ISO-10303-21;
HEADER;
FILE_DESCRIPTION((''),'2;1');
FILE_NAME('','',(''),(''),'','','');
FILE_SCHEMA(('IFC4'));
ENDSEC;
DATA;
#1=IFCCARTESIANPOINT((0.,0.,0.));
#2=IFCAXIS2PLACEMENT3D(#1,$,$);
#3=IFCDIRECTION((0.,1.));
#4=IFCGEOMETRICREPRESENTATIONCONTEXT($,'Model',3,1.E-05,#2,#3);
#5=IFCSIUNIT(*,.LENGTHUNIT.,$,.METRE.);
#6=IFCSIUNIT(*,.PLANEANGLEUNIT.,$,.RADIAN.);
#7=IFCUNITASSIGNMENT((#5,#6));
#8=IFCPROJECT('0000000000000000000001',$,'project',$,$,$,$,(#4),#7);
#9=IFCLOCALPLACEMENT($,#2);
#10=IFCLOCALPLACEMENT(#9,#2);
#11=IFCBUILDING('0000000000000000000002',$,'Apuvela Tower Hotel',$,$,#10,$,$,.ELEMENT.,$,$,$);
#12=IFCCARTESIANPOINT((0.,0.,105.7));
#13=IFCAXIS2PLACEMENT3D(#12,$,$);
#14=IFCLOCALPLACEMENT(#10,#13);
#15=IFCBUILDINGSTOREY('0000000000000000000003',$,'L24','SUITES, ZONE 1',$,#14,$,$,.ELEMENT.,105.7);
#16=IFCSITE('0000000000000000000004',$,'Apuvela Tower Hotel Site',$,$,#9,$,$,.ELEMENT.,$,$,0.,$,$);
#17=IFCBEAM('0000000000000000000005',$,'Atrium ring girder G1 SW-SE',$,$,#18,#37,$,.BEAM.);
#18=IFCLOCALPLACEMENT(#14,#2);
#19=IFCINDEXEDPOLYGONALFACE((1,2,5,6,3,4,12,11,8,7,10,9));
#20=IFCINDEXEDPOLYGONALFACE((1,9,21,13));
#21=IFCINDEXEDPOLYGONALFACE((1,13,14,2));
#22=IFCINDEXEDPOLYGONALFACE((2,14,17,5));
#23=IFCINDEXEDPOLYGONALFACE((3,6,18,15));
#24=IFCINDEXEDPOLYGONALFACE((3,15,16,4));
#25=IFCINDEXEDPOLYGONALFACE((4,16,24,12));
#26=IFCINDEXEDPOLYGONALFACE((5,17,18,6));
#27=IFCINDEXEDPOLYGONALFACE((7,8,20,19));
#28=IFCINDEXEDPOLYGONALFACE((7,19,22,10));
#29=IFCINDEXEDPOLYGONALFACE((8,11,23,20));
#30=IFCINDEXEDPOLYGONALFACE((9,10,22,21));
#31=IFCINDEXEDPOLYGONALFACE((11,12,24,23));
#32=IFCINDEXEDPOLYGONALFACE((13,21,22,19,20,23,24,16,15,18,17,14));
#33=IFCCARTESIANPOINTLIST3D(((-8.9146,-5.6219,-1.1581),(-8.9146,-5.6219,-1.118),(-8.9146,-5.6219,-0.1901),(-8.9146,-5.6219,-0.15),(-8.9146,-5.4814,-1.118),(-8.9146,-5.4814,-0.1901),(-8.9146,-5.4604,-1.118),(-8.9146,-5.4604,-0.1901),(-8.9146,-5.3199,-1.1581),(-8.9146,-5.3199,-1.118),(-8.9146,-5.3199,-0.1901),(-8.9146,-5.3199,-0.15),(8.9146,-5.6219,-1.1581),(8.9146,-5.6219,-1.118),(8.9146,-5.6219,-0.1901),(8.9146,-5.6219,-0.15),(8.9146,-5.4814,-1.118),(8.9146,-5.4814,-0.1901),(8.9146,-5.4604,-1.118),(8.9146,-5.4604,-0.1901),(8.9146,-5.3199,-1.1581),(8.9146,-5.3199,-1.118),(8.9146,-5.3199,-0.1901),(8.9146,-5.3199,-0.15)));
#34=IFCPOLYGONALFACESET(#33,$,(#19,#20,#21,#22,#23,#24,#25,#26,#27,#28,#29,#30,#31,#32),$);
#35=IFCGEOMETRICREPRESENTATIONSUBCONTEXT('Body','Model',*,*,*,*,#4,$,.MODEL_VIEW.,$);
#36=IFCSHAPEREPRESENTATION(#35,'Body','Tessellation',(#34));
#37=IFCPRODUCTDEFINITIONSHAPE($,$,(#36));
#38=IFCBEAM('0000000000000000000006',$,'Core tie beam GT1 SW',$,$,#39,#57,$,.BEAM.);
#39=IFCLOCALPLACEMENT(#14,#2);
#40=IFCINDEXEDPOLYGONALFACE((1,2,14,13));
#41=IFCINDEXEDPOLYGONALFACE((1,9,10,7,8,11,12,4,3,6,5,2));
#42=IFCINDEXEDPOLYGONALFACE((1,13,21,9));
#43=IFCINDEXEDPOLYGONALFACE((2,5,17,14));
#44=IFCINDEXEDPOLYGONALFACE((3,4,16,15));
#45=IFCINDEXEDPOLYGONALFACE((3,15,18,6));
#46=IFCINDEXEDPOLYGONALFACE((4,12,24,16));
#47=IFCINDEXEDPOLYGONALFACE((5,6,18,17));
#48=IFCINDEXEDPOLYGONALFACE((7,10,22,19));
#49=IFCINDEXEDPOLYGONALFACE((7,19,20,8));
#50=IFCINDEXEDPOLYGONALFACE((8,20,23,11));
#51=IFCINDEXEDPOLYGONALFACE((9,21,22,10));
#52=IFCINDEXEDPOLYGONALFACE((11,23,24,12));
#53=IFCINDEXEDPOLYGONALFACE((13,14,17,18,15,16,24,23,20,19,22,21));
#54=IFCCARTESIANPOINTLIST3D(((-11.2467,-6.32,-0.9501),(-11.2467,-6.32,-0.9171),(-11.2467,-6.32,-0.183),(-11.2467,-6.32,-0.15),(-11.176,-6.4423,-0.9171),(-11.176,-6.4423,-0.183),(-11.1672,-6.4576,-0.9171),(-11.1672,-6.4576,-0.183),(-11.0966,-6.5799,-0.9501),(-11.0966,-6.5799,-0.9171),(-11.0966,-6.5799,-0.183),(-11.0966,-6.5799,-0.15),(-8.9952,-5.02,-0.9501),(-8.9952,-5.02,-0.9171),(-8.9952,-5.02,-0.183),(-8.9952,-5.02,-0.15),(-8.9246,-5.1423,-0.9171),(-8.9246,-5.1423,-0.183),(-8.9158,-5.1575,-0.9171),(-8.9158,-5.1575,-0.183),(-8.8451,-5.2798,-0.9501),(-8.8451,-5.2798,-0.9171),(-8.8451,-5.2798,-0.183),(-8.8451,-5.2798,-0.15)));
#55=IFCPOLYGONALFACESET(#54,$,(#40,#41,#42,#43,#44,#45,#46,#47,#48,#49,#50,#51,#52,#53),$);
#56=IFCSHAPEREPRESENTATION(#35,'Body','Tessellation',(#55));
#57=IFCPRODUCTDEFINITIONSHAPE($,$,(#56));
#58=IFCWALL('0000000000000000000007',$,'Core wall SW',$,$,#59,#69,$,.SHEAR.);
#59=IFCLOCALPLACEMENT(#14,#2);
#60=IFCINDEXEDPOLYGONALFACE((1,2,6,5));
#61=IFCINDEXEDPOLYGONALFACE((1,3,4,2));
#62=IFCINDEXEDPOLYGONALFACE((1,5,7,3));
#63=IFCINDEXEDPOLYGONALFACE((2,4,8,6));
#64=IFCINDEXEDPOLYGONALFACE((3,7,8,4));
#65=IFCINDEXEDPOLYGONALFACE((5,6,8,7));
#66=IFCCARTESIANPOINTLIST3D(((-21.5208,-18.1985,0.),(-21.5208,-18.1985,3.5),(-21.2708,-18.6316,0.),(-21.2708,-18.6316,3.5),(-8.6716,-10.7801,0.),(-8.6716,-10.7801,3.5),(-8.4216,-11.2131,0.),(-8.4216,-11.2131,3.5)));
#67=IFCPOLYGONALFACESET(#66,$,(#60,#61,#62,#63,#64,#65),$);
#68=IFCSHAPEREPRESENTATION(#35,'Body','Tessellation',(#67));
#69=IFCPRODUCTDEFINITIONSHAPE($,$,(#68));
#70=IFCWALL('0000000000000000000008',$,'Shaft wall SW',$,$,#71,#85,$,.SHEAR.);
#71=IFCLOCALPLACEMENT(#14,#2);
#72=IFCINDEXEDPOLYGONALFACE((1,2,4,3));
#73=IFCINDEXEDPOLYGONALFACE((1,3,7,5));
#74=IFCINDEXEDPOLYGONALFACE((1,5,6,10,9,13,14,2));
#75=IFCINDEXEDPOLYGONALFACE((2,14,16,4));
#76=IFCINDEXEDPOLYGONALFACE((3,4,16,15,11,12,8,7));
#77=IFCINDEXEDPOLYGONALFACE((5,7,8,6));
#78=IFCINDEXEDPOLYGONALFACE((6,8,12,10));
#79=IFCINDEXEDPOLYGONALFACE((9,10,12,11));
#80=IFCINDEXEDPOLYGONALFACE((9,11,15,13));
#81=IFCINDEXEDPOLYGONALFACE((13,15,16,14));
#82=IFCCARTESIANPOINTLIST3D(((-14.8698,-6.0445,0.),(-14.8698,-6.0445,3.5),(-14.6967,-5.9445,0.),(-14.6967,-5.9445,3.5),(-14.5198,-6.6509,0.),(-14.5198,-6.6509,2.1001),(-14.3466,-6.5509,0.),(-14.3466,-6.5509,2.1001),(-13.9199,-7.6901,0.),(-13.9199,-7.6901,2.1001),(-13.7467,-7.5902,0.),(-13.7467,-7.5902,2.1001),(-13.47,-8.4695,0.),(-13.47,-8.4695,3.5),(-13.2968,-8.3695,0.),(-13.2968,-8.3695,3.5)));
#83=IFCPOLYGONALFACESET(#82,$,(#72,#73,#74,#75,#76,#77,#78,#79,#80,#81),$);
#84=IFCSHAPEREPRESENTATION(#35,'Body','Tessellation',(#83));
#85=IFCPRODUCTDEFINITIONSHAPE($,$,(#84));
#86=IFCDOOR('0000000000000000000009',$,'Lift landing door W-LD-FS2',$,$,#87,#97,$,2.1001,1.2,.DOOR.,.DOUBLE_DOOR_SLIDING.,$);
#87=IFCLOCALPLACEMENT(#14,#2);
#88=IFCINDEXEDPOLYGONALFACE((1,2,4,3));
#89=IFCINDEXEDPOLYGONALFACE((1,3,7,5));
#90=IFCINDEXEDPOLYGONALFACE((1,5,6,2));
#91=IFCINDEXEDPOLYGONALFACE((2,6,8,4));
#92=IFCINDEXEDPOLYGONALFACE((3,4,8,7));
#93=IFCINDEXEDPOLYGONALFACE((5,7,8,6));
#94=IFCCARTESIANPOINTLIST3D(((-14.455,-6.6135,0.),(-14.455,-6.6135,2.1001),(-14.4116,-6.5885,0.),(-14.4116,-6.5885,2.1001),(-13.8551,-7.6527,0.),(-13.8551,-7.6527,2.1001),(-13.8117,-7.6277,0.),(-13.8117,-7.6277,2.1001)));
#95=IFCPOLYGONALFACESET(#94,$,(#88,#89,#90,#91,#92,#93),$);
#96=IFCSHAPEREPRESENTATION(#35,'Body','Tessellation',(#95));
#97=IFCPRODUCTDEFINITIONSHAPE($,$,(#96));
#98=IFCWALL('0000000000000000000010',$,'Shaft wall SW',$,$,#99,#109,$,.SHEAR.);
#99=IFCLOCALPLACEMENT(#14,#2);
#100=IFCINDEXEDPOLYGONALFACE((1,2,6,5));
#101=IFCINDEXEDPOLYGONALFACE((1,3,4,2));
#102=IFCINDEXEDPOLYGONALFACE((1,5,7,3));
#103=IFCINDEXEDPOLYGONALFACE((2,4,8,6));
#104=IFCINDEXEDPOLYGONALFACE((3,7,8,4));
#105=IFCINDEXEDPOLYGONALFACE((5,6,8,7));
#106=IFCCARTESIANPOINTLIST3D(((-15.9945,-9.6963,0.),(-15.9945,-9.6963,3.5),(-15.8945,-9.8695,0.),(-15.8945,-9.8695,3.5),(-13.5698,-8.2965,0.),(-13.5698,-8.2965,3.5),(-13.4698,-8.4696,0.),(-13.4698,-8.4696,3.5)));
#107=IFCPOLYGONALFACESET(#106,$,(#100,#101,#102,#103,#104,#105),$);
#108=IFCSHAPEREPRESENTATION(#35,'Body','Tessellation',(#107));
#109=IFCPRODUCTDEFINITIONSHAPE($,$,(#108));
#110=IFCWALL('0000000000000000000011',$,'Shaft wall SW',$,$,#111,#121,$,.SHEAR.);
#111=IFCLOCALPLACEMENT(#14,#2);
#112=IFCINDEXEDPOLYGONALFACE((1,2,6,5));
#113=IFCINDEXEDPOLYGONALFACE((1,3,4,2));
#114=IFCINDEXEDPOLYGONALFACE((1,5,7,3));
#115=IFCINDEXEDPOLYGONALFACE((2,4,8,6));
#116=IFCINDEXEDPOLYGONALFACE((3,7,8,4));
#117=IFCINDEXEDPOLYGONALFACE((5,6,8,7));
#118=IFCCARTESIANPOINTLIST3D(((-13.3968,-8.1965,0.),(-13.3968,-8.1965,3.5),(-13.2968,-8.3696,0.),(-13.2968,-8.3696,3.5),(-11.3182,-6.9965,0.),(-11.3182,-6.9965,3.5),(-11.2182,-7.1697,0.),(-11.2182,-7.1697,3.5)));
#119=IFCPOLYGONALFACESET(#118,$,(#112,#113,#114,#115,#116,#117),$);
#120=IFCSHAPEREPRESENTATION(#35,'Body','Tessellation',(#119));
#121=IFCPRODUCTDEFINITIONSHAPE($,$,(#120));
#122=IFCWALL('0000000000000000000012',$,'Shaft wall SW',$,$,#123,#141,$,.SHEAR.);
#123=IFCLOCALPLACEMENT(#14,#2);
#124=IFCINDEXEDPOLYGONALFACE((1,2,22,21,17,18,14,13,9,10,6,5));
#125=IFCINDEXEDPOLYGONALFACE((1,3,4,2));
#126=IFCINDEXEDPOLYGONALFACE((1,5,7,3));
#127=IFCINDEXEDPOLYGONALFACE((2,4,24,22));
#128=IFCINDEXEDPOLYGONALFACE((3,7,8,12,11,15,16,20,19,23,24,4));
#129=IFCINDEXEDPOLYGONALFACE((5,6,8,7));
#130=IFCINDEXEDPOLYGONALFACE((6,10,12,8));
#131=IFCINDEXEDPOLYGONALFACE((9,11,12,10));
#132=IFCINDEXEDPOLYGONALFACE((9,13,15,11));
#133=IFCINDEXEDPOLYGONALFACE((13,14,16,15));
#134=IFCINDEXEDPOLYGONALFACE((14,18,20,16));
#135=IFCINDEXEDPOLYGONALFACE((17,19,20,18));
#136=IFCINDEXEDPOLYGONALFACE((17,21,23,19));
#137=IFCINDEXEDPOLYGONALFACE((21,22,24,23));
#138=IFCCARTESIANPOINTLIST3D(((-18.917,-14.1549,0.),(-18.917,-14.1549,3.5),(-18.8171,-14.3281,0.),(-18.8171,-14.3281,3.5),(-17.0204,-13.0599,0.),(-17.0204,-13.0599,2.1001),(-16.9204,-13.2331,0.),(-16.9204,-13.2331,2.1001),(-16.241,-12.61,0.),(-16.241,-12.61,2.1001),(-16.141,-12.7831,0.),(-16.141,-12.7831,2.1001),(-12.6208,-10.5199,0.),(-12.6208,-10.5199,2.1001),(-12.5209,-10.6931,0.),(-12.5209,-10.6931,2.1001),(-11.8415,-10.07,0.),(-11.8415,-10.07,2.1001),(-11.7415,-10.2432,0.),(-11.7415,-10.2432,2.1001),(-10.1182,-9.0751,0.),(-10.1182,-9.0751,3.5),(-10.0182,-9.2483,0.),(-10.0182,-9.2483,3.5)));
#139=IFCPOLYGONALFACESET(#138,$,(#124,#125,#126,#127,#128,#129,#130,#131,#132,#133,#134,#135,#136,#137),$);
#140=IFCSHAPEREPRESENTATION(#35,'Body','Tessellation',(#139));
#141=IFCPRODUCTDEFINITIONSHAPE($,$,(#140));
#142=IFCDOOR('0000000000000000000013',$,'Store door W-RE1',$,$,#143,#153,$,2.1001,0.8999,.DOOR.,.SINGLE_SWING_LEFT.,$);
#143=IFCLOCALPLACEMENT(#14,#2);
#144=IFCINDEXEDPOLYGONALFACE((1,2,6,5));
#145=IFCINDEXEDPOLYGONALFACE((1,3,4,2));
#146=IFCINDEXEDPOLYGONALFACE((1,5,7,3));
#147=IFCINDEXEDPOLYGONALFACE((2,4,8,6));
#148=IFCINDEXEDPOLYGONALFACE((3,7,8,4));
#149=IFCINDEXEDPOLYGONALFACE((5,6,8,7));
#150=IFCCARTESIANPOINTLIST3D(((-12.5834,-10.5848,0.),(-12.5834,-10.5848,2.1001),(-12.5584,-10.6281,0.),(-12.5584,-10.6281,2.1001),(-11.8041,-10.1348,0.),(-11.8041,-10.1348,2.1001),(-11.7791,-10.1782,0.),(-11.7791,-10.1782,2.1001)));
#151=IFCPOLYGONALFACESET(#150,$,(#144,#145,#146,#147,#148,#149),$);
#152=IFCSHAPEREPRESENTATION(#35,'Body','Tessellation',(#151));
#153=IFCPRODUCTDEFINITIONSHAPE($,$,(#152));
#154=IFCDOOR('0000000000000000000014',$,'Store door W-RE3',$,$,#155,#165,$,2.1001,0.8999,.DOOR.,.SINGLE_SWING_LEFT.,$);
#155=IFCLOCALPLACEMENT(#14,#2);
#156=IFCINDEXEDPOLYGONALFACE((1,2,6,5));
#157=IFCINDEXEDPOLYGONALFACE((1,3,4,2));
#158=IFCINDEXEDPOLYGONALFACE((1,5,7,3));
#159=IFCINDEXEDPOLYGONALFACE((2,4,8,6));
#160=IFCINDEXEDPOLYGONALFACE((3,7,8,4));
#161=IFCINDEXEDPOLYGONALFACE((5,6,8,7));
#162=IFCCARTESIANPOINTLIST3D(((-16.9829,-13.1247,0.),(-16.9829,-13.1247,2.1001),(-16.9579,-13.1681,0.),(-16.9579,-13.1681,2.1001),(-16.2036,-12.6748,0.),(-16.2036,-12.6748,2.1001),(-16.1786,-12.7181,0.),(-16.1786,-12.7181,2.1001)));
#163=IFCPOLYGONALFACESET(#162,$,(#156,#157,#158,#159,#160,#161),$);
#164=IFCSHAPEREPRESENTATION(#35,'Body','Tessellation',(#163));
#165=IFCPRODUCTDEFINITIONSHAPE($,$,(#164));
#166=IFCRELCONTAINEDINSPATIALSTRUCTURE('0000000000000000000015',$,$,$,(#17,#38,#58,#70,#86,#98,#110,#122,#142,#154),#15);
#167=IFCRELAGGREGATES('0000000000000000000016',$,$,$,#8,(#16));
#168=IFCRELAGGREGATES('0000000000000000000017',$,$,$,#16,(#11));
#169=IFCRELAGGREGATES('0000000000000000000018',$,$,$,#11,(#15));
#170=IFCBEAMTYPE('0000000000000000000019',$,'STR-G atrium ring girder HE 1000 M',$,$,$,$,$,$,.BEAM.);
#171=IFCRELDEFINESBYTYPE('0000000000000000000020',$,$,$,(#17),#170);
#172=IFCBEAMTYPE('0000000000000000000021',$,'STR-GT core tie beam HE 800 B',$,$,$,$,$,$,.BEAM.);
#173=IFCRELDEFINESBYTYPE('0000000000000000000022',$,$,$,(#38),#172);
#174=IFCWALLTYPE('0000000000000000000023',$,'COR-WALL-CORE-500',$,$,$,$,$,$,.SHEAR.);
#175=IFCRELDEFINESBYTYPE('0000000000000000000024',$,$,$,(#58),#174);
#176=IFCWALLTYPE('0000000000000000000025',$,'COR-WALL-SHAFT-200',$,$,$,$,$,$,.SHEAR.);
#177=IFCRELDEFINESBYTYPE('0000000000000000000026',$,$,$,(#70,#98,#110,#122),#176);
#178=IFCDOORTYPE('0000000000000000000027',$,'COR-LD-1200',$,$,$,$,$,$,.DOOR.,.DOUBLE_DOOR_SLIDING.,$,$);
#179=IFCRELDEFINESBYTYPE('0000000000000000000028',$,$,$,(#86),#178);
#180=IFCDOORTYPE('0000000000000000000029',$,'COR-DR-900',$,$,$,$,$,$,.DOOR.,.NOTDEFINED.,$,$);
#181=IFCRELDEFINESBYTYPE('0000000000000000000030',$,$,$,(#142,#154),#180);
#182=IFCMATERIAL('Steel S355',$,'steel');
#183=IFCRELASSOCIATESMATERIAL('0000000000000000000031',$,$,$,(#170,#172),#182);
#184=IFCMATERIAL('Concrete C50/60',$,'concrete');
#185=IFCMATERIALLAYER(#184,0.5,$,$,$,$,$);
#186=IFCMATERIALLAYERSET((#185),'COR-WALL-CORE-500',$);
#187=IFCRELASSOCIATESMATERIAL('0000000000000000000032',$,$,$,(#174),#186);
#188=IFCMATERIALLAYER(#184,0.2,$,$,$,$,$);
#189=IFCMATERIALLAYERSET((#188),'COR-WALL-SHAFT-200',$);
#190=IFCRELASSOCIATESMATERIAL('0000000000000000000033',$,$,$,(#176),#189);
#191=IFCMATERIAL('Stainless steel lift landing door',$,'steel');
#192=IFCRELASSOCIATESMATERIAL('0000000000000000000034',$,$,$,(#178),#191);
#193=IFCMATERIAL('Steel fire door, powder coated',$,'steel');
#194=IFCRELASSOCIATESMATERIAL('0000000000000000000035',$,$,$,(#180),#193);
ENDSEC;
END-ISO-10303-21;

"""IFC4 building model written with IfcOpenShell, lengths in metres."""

from ifc_helpers import new_model, si_unit, direction, frame, frame_2d, origin, origin_2d, place, context, subcontext, project, spatial, rectangle, i_section, extrude, material, layer, layer_set, material_profile, profile_set, type_object, element, fill, save


model = new_model("IFC4")

# Units and contexts
model_context = context("Model", 3, precision=1e-05, world=origin(), true_north=direction((0.0, 1.0)))
body_context = subcontext(model_context, "Body", "Model", "MODEL_VIEW")
ifc_project = project(units=[si_unit("LENGTHUNIT", "METRE"), si_unit("PLANEANGLEUNIT", "RADIAN")], contexts=[model_context])

# Site, building, storey
site_placement = place(None, origin())
site = spatial("IfcSite", under=ifc_project, at=site_placement, Name="Apuvela Tower Hotel Site", CompositionType="ELEMENT", RefElevation=0.0)
building_placement = place(site_placement, origin())
building = spatial("IfcBuilding", under=site, at=building_placement, Name="Apuvela Tower Hotel", CompositionType="ELEMENT")
storey_placement = place(building_placement, frame((0.0, 0.0, 105.7)))
storey = spatial("IfcBuildingStorey", under=building, at=storey_placement, Name="L24", Description="SUITES, ZONE 1", CompositionType="ELEMENT", Elevation=105.7)

# Beams
ifc_material_1 = material(Name="Steel S355", Category="steel")
ifc_material_profile_1 = material_profile(ifc_material_1, i_section(OverallWidth=0.302, OverallDepth=1.0081, WebThickness=0.021, FlangeThickness=0.04, at=origin_2d()), Name="HE 1000 M")
ifc_profile_set_1 = profile_set([ifc_material_profile_1], Name="Steel S355")
beam_type_1 = type_object("IfcBeamType", Name="STR-G atrium ring girder HE 1000 M", PredefinedType="BEAM", material=ifc_profile_set_1)
beam_1_placement = place(storey_placement, frame((-8.9146, -5.4709, -0.6541), z_axis=(1.0, 0.0, 0.0), x_axis=(0.0, 1.0, 0.0)))
element("IfcBeam", 1, at=beam_1_placement, inside=storey, type_object=beam_type_1, Name="Atrium ring girder G1 SW-SE", PredefinedType="BEAM", context=body_context, shape_type="SweptSolid", body=[
    extrude(i_section(OverallWidth=0.302, OverallDepth=1.0081, WebThickness=0.021, FlangeThickness=0.04, at=origin_2d()), origin(), (0.0, 0.0, 1.0), 17.8291),
])
ifc_material_profile_2 = material_profile(ifc_material_1, i_section(OverallWidth=0.3, OverallDepth=0.8, WebThickness=0.0176, FlangeThickness=0.033, at=origin_2d()), Name="HE 800 B")
ifc_profile_set_2 = profile_set([ifc_material_profile_2], Name="Steel S355")
beam_type_2 = type_object("IfcBeamType", Name="STR-GT core tie beam HE 800 B", PredefinedType="BEAM", material=ifc_profile_set_2)
beam_2_placement = place(storey_placement, frame((-11.1716, -6.45, -0.55), z_axis=(0.865998, 0.500048, 0.0), x_axis=(-0.500048, 0.865998, 0.0)))
element("IfcBeam", 2, at=beam_2_placement, inside=storey, type_object=beam_type_2, Name="Core tie beam GT1 SW", PredefinedType="BEAM", context=body_context, shape_type="SweptSolid", body=[
    extrude(i_section(OverallWidth=0.3, OverallDepth=0.8, WebThickness=0.0176, FlangeThickness=0.033, at=origin_2d()), origin(), (0.0, 0.0, 1.0), 2.5999),
])

# Wall
ifc_material_2 = material(Name="Concrete C50/60", Category="concrete")
ifc_layer_1 = layer(ifc_material_2, 0.5)
ifc_layer_set_1 = layer_set([ifc_layer_1], Name="COR-WALL-CORE-500")
wall_type_1 = type_object("IfcWallType", Name="COR-WALL-CORE-500", PredefinedType="SHEAR", material=ifc_layer_set_1)
wall_1_placement = place(storey_placement, frame((-8.5466, -10.9966, 0.0), z_axis=(0.0, 0.0, 1.0), x_axis=(-0.866025, -0.500001, 0.0)))
element("IfcWall", 3, at=wall_1_placement, inside=storey, type_object=wall_type_1, Name="Core wall SW", PredefinedType="SHEAR", context=body_context, shape_type="SweptSolid", body=[
    extrude(rectangle(XDim=14.8369, YDim=0.5, at=frame_2d((7.4185, 0.0))), origin(), (0.0, 0.0, 1.0), 3.5),
])

# Wall, opening, door
ifc_layer_2 = layer(ifc_material_2, 0.2)
ifc_layer_set_2 = layer_set([ifc_layer_2], Name="COR-WALL-SHAFT-200")
wall_type_2 = type_object("IfcWallType", Name="COR-WALL-SHAFT-200", PredefinedType="SHEAR", material=ifc_layer_set_2)
wall_2_placement = place(storey_placement, frame((-14.7832, -5.9946, 0.0), z_axis=(0.0, 0.0, 1.0), x_axis=(0.499946, -0.866056, 0.0)))
wall_2 = element("IfcWall", 4, at=wall_2_placement, inside=storey, type_object=wall_type_2, Name="Shaft wall SW", PredefinedType="SHEAR", context=body_context, shape_type="SweptSolid", body=[
    extrude(rectangle(XDim=2.8, YDim=0.2, at=frame_2d((1.3999, 0.0))), origin(), (0.0, 0.0, 1.0), 3.5),
])
opening_1_placement = place(wall_2_placement, frame((0.7, 0.0, 0.0)))
opening_1 = element("IfcOpeningElement", 5, at=opening_1_placement, cuts=wall_2, PredefinedType="OPENING", context=body_context, shape_type="SweptSolid", body=[
    extrude(rectangle(XDim=1.2, YDim=2.1001, at=frame_2d((0.6001, 1.05))), frame((0.0, 0.1099, 0.0), z_axis=(0.0, -1.0, 0.0), x_axis=(1.0, 0.0, 0.0)), (0.0, 0.0, 1.0), 0.22),
])
ifc_material_3 = material(Name="Stainless steel lift landing door", Category="steel")
door_type_1 = type_object("IfcDoorType", Name="COR-LD-1200", OperationType="DOUBLE_DOOR_SLIDING", PredefinedType="DOOR", material=ifc_material_3)
door_1_placement = place(opening_1_placement, origin())
door_1 = element("IfcDoor", 6, at=door_1_placement, inside=storey, type_object=door_type_1, Name="Lift landing door W-LD-FS2", OperationType="DOUBLE_DOOR_SLIDING", OverallHeight=2.1001, OverallWidth=1.2, PredefinedType="DOOR", context=body_context, shape_type="SweptSolid", body=[
    extrude(rectangle(XDim=1.2, YDim=2.1001, at=frame_2d((0.6001, 1.05))), frame((0.0, 0.0249, 0.0), z_axis=(0.0, -1.0, 0.0), x_axis=(1.0, 0.0, 0.0)), (0.0, 0.0, 1.0), 0.05),
])
fill(opening_1, door_1)

# Walls
wall_3_placement = place(storey_placement, frame((-13.5198, -8.3831, 0.0), z_axis=(0.0, 0.0, 1.0), x_axis=(-0.866035, -0.499984, 0.0)))
element("IfcWall", 7, at=wall_3_placement, inside=storey, type_object=wall_type_2, Name="Shaft wall SW", PredefinedType="SHEAR", context=body_context, shape_type="SweptSolid", body=[
    extrude(rectangle(XDim=2.7998, YDim=0.2, at=frame_2d((1.3999, 0.0))), origin(), (0.0, 0.0, 1.0), 3.5),
])
wall_4_placement = place(storey_placement, frame((-11.2681, -7.083, 0.0), z_axis=(0.0, 0.0, 1.0), x_axis=(-0.86605, -0.499957, 0.0)))
element("IfcWall", 8, at=wall_4_placement, inside=storey, type_object=wall_type_2, Name="Shaft wall SW", PredefinedType="SHEAR", context=body_context, shape_type="SweptSolid", body=[
    extrude(rectangle(XDim=2.4001, YDim=0.2, at=frame_2d((1.2002, 0.0))), origin(), (0.0, 0.0, 1.0), 3.5),
])

# Wall, openings, doors
wall_5_placement = place(storey_placement, frame((-10.0681, -9.1616, 0.0), z_axis=(0.0, 0.0, 1.0), x_axis=(-0.866033, -0.499987, 0.0)))
wall_5 = element("IfcWall", 9, at=wall_5_placement, inside=storey, type_object=wall_type_2, Name="Shaft wall SW", PredefinedType="SHEAR", context=body_context, shape_type="SweptSolid", body=[
    extrude(rectangle(XDim=10.1599, YDim=0.2, at=frame_2d((5.0801, 0.0))), origin(), (0.0, 0.0, 1.0), 3.5),
])
opening_2_placement = place(wall_5_placement, frame((1.99, 0.0, 0.0)))
opening_2 = element("IfcOpeningElement", 10, at=opening_2_placement, cuts=wall_5, PredefinedType="OPENING", context=body_context, shape_type="SweptSolid", body=[
    extrude(rectangle(XDim=0.8999, YDim=2.1001, at=frame_2d((0.45, 1.05))), frame((0.0, 0.1099, 0.0), z_axis=(0.0, -1.0, 0.0), x_axis=(1.0, 0.0, 0.0)), (0.0, 0.0, 1.0), 0.22),
])
opening_3_placement = place(wall_5_placement, frame((7.0701, 0.0, 0.0)))
opening_3 = element("IfcOpeningElement", 11, at=opening_3_placement, cuts=wall_5, PredefinedType="OPENING", context=body_context, shape_type="SweptSolid", body=[
    extrude(rectangle(XDim=0.8999, YDim=2.1001, at=frame_2d((0.45, 1.05))), frame((0.0, 0.1099, 0.0), z_axis=(0.0, -1.0, 0.0), x_axis=(1.0, 0.0, 0.0)), (0.0, 0.0, 1.0), 0.22),
])
ifc_material_4 = material(Name="Steel fire door, powder coated", Category="steel")
door_type_2 = type_object("IfcDoorType", Name="COR-DR-900", OperationType="NOTDEFINED", PredefinedType="DOOR", material=ifc_material_4)
door_2_placement = place(opening_2_placement, origin())
door_2 = element("IfcDoor", 12, at=door_2_placement, inside=storey, type_object=door_type_2, Name="Store door W-RE1", OperationType="SINGLE_SWING_LEFT", OverallHeight=2.1001, OverallWidth=0.8999, PredefinedType="DOOR", context=body_context, shape_type="SweptSolid", body=[
    extrude(rectangle(XDim=0.8999, YDim=2.1001, at=frame_2d((0.45, 1.05))), frame((0.0, 0.0249, 0.0), z_axis=(0.0, -1.0, 0.0), x_axis=(1.0, 0.0, 0.0)), (0.0, 0.0, 1.0), 0.05),
])
fill(opening_2, door_2)
door_3_placement = place(opening_3_placement, origin())
door_3 = element("IfcDoor", 13, at=door_3_placement, inside=storey, type_object=door_type_2, Name="Store door W-RE3", OperationType="SINGLE_SWING_LEFT", OverallHeight=2.1001, OverallWidth=0.8999, PredefinedType="DOOR", context=body_context, shape_type="SweptSolid", body=[
    extrude(rectangle(XDim=0.8999, YDim=2.1001, at=frame_2d((0.45, 1.05))), frame((0.0, 0.0249, 0.0), z_axis=(0.0, -1.0, 0.0), x_axis=(1.0, 0.0, 0.0)), (0.0, 0.0, 1.0), 0.05),
])
fill(opening_3, door_3)

save(model, "model.ifc")
